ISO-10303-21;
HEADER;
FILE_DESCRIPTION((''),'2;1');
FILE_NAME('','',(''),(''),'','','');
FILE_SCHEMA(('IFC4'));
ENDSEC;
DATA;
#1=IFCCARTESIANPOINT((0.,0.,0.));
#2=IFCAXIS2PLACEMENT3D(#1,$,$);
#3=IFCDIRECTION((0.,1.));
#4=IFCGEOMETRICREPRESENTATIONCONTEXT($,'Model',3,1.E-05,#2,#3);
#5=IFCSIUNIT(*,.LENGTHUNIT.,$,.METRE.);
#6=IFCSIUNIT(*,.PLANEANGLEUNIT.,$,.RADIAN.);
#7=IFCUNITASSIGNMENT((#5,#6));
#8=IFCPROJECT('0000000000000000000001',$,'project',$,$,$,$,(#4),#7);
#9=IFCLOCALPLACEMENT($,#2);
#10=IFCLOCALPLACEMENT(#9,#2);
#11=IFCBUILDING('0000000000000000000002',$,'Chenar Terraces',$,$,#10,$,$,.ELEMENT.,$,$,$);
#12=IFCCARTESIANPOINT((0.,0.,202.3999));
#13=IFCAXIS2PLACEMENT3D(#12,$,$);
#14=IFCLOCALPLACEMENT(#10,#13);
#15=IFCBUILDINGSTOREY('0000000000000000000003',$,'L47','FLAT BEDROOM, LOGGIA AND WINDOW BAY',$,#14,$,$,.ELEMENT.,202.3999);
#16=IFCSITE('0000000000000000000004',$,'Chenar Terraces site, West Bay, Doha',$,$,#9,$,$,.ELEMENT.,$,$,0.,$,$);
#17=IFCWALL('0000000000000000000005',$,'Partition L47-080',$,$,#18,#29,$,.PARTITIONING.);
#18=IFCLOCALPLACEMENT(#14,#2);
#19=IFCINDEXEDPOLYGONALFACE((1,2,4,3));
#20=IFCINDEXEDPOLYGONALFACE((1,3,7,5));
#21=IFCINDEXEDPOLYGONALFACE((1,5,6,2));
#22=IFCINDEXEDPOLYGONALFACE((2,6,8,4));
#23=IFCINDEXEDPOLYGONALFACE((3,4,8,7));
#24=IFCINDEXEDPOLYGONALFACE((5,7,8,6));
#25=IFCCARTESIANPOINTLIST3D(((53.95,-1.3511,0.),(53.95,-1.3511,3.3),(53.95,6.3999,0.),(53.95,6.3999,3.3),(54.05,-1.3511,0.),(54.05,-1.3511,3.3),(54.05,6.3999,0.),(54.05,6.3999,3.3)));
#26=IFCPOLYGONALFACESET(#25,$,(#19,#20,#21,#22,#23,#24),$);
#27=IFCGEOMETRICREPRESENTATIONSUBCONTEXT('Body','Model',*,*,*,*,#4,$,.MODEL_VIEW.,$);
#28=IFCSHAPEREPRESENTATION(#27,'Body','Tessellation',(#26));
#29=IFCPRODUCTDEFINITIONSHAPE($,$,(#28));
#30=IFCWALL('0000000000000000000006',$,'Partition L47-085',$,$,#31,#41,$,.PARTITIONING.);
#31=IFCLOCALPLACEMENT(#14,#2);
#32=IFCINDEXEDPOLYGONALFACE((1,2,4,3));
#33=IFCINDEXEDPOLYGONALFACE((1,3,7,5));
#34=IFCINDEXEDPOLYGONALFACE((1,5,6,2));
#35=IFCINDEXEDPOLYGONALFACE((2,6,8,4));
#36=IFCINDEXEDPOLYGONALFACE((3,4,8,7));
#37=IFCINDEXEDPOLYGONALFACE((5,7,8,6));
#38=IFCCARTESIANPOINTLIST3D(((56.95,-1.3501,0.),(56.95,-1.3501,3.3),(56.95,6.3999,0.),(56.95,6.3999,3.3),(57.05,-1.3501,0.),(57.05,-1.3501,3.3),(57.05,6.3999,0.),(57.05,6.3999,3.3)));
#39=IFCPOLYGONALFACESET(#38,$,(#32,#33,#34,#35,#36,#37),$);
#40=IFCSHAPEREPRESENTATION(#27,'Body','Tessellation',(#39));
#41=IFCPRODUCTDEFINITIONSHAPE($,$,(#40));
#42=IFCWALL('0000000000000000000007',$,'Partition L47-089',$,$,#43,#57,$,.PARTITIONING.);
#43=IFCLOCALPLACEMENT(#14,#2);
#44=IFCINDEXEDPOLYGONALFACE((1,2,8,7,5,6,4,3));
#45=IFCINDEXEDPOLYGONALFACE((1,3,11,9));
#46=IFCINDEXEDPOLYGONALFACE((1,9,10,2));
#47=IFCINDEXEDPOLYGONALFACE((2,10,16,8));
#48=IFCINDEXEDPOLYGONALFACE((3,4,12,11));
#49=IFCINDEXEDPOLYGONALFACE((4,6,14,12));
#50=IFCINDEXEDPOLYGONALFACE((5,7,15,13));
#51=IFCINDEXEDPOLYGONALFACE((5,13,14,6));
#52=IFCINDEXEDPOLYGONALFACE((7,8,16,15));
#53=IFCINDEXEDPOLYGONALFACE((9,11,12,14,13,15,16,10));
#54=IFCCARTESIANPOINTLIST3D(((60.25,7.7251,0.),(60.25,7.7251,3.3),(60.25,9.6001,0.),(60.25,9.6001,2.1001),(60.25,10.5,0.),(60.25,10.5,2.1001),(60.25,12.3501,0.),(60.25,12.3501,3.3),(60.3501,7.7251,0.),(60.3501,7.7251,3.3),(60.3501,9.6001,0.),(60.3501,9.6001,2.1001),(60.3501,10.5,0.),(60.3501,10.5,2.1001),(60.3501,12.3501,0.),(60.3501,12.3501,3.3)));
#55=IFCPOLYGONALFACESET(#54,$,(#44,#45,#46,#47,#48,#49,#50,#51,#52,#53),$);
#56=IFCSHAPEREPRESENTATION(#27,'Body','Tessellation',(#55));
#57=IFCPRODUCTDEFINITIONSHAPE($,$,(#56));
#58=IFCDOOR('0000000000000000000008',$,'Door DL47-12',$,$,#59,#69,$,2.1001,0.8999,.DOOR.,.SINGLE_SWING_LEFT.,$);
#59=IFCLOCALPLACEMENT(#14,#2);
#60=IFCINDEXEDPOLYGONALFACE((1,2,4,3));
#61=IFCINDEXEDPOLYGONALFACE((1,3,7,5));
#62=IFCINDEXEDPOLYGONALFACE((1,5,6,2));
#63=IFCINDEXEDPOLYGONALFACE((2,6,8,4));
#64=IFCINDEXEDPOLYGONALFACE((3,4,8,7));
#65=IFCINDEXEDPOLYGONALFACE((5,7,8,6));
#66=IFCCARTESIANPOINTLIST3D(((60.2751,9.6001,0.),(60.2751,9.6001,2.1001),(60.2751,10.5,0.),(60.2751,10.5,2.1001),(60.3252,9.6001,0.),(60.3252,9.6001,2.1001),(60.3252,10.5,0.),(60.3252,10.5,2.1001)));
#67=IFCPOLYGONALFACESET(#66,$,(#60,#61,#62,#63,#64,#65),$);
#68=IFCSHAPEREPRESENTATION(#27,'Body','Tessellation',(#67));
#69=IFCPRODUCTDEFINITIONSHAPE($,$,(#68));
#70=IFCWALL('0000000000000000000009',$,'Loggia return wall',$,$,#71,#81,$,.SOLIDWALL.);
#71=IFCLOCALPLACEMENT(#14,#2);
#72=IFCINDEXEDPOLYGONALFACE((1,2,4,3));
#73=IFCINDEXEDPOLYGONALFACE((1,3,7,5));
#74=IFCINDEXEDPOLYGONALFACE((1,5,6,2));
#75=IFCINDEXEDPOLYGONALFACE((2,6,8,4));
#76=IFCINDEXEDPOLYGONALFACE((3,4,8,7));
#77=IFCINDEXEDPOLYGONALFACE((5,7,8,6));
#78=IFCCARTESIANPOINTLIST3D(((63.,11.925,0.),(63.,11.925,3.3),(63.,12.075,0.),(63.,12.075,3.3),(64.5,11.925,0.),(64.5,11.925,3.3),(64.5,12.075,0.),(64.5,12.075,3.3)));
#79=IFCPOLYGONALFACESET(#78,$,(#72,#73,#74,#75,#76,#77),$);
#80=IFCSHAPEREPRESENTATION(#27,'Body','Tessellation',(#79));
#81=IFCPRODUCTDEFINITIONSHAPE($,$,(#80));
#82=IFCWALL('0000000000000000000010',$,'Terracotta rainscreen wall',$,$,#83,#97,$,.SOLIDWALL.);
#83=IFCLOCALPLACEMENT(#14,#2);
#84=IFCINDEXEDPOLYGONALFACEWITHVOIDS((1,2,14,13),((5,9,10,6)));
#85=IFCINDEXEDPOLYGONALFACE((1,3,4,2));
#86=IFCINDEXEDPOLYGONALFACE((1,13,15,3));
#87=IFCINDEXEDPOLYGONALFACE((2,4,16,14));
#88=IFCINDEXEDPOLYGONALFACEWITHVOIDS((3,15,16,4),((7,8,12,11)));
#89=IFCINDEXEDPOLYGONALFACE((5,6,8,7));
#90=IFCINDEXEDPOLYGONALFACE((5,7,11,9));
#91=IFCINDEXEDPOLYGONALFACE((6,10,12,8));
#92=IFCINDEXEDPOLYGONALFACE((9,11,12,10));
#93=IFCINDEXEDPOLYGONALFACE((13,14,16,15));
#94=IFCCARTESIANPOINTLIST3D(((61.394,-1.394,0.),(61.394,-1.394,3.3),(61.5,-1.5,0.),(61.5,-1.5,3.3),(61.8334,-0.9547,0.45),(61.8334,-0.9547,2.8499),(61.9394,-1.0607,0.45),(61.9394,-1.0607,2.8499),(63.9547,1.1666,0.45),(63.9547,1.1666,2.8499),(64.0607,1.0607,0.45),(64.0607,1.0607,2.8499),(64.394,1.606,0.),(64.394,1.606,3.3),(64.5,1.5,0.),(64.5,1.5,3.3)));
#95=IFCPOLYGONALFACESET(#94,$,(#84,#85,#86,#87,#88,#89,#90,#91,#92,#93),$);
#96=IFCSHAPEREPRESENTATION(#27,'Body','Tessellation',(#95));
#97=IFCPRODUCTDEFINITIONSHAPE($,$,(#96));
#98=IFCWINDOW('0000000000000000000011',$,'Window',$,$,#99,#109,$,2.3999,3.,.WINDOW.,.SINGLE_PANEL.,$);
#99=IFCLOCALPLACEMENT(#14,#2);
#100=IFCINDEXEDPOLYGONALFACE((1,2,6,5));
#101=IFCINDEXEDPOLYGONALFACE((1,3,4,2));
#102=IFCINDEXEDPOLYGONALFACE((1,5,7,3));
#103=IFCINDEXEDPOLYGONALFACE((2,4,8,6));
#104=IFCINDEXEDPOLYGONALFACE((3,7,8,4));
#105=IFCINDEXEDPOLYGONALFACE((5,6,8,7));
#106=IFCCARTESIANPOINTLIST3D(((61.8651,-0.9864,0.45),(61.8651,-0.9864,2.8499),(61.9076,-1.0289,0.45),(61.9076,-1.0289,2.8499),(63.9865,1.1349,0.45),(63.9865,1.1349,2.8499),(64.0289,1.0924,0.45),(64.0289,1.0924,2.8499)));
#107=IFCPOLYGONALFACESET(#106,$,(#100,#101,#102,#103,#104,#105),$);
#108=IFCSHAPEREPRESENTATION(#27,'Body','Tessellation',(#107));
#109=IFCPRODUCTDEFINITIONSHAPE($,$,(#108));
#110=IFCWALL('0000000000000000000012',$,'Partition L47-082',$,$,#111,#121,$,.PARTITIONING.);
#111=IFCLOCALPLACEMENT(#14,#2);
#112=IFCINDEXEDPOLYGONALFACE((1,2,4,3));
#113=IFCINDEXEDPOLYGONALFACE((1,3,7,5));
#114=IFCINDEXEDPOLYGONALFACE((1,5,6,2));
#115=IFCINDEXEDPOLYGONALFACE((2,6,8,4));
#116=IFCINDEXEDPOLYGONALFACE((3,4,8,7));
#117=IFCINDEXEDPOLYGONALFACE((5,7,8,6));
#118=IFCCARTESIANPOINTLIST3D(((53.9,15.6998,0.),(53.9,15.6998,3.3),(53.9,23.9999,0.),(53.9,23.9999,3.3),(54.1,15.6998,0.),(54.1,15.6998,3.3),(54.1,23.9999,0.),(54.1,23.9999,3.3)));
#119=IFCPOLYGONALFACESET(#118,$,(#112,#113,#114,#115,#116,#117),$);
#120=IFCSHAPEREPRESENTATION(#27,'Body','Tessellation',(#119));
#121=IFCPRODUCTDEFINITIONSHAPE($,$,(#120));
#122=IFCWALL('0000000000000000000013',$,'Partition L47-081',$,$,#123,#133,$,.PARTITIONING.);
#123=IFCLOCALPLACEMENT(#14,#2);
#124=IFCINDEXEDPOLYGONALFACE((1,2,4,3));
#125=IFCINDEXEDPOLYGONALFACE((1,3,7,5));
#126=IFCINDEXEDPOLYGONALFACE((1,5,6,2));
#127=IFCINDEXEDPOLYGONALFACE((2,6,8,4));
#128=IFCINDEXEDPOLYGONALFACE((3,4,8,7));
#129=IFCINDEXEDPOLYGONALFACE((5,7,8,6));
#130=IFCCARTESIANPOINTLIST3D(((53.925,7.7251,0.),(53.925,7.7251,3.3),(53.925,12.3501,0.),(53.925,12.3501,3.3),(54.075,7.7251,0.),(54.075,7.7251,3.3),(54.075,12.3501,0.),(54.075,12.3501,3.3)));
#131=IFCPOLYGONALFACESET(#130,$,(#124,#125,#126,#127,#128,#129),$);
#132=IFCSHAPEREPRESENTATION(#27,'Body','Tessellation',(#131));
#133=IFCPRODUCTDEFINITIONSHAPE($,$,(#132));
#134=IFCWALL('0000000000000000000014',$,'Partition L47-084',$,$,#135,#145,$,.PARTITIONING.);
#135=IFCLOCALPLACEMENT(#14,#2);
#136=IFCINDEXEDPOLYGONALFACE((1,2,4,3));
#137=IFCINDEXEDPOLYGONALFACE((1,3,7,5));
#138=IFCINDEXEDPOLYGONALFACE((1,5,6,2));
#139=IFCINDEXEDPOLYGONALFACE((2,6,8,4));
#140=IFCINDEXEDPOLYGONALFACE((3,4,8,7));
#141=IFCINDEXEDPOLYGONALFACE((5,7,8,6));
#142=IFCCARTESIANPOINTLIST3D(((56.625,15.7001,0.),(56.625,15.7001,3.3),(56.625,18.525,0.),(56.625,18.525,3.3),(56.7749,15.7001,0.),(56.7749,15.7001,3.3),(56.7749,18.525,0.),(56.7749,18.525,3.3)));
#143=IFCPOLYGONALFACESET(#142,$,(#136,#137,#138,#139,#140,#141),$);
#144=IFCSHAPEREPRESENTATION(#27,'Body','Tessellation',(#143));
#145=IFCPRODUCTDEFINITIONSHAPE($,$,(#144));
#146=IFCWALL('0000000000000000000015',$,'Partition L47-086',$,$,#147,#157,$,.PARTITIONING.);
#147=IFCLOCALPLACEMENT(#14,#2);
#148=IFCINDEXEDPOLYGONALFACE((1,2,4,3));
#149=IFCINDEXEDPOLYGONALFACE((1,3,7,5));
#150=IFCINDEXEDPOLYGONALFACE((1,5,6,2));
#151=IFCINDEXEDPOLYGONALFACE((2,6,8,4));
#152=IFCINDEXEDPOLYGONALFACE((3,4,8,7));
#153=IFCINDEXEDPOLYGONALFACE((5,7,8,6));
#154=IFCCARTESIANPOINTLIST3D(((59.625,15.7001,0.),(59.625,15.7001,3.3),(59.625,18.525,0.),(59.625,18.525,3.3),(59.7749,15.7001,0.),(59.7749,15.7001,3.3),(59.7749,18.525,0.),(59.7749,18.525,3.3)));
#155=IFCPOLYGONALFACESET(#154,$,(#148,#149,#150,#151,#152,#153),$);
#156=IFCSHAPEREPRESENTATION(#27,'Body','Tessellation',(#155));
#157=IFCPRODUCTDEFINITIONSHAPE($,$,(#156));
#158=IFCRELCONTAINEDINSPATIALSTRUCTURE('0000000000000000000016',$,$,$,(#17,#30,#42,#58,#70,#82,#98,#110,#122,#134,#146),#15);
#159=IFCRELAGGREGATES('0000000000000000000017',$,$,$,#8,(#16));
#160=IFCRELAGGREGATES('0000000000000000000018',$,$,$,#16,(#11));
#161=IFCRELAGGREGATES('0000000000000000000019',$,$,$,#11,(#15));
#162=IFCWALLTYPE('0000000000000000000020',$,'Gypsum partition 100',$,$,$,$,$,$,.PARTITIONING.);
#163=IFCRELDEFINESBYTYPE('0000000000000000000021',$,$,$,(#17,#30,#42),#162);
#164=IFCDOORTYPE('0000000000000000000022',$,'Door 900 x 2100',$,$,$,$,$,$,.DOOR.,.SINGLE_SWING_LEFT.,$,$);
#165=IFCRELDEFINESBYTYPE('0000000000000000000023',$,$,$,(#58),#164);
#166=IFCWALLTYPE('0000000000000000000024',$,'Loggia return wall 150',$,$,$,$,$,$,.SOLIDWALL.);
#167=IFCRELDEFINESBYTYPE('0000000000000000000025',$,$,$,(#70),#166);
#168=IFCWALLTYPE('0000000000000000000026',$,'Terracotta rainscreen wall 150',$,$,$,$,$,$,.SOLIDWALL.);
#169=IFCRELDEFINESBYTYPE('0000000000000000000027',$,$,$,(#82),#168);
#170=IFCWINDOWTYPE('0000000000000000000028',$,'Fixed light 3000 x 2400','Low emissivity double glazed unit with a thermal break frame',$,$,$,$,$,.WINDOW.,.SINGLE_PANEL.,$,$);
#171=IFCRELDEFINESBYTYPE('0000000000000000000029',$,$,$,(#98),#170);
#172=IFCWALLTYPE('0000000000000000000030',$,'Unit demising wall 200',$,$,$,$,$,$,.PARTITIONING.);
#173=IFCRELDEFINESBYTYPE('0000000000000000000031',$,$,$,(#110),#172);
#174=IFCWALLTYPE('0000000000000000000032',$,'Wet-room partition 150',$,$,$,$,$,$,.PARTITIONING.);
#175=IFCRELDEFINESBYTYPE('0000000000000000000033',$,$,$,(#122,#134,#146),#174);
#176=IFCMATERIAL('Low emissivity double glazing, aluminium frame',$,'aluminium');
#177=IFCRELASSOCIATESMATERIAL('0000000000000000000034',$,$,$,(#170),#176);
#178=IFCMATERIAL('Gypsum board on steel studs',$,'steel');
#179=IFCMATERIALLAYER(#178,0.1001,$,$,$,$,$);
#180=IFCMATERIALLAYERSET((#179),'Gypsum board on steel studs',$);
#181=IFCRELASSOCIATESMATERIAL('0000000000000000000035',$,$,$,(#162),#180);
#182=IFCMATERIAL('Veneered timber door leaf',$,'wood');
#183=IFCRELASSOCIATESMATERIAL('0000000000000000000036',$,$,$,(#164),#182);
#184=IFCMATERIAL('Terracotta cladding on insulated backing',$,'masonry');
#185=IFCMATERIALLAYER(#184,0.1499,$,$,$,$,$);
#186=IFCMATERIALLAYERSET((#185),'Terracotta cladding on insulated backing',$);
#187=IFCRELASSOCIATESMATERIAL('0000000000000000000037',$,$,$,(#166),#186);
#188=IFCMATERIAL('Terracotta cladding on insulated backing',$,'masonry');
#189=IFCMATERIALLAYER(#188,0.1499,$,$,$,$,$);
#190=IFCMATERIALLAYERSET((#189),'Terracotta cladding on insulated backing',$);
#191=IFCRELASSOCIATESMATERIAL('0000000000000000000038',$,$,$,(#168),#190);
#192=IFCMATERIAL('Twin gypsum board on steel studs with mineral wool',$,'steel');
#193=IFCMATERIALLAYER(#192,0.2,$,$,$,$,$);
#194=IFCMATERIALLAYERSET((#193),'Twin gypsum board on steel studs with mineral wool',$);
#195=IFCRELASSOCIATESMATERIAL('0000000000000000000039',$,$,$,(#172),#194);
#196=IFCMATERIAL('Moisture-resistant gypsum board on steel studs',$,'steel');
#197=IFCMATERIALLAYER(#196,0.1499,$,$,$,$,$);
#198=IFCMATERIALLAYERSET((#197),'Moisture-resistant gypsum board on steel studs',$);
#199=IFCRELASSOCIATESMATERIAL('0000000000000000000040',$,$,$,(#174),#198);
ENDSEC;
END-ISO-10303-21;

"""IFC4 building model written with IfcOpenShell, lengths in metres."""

from ifc_helpers import new_model, si_unit, direction, frame, frame_2d, origin, place, context, subcontext, project, spatial, rectangle, extrude, material, layer, layer_set, type_object, element, fill, save


model = new_model("IFC4")

# Units and contexts
model_context = context("Model", 3, precision=1e-05, world=origin(), true_north=direction((0.0, 1.0)))
body_context = subcontext(model_context, "Body", "Model", "MODEL_VIEW")
ifc_project = project(units=[si_unit("LENGTHUNIT", "METRE"), si_unit("PLANEANGLEUNIT", "RADIAN")], contexts=[model_context])

# Site, building, storey
site_placement = place(None, origin())
site = spatial("IfcSite", under=ifc_project, at=site_placement, Name="Chenar Terraces site, West Bay, Doha", CompositionType="ELEMENT", RefElevation=0.0)
building_placement = place(site_placement, origin())
building = spatial("IfcBuilding", under=site, at=building_placement, Name="Chenar Terraces", CompositionType="ELEMENT")
storey_placement = place(building_placement, frame((0.0, 0.0, 202.3999)))
storey = spatial("IfcBuildingStorey", under=building, at=storey_placement, Name="L47", Description="FLAT BEDROOM, LOGGIA AND WINDOW BAY", CompositionType="ELEMENT", Elevation=202.3999)

# Shared definitions
ifc_material_1 = material(Name="Low emissivity double glazing, aluminium frame", Category="aluminium")
window_type_1 = type_object("IfcWindowType", Name="Fixed light 3000 x 2400", Description="Low emissivity double glazed unit with a thermal break frame", PartitioningType="SINGLE_PANEL", PredefinedType="WINDOW", material=ifc_material_1)

# Walls
ifc_material_2 = material(Name="Gypsum board on steel studs", Category="steel")
ifc_layer_1 = layer(ifc_material_2, 0.1001)
ifc_layer_set_1 = layer_set([ifc_layer_1], Name="Gypsum board on steel studs")
wall_type_1 = type_object("IfcWallType", Name="Gypsum partition 100", PredefinedType="PARTITIONING", material=ifc_layer_set_1)
wall_1_placement = place(storey_placement, frame((54.0, -1.3511, 0.0), z_axis=(0.0, 0.0, 1.0), x_axis=(0.0, 1.0, 0.0)))
element("IfcWall", 1, at=wall_1_placement, inside=storey, type_object=wall_type_1, Name="Partition L47-080", PredefinedType="PARTITIONING", context=body_context, shape_type="SweptSolid", body=[
    extrude(rectangle(XDim=7.751, YDim=0.1001, at=frame_2d((3.8755, 0.0))), origin(), (0.0, 0.0, 1.0), 3.3),
])
wall_2_placement = place(storey_placement, frame((57.0, -1.3501, 0.0), z_axis=(0.0, 0.0, 1.0), x_axis=(0.0, 1.0, 0.0)))
element("IfcWall", 2, at=wall_2_placement, inside=storey, type_object=wall_type_1, Name="Partition L47-085", PredefinedType="PARTITIONING", context=body_context, shape_type="SweptSolid", body=[
    extrude(rectangle(XDim=7.75, YDim=0.1001, at=frame_2d((3.875, 0.0))), origin(), (0.0, 0.0, 1.0), 3.3),
])

# Wall, opening, door
wall_3_placement = place(storey_placement, frame((60.3, 7.7251, 0.0), z_axis=(0.0, 0.0, 1.0), x_axis=(0.0, 1.0, 0.0)))
wall_3 = element("IfcWall", 3, at=wall_3_placement, inside=storey, type_object=wall_type_1, Name="Partition L47-089", PredefinedType="PARTITIONING", context=body_context, shape_type="SweptSolid", body=[
    extrude(rectangle(XDim=4.625, YDim=0.1001, at=frame_2d((2.3125, 0.0))), origin(), (0.0, 0.0, 1.0), 3.3),
])
opening_1_placement = place(wall_3_placement, frame((1.875, 0.0, 0.0)))
opening_1 = element("IfcOpeningElement", 4, at=opening_1_placement, cuts=wall_3, PredefinedType="OPENING", context=body_context, shape_type="SweptSolid", body=[
    extrude(rectangle(XDim=0.8999, YDim=2.1001, at=frame_2d((0.45, 1.05))), frame((0.0, 0.0601, 0.0), z_axis=(0.0, -1.0, 0.0), x_axis=(1.0, 0.0, 0.0)), (0.0, 0.0, 1.0), 0.1201),
])
ifc_material_3 = material(Name="Veneered timber door leaf", Category="wood")
door_type_1 = type_object("IfcDoorType", Name="Door 900 x 2100", OperationType="SINGLE_SWING_LEFT", PredefinedType="DOOR", material=ifc_material_3)
door_1_placement = place(opening_1_placement, origin())
door_1 = element("IfcDoor", 5, at=door_1_placement, inside=storey, type_object=door_type_1, Name="Door DL47-12", OperationType="SINGLE_SWING_LEFT", OverallHeight=2.1001, OverallWidth=0.8999, PredefinedType="DOOR", context=body_context, shape_type="SweptSolid", body=[
    extrude(rectangle(XDim=0.8999, YDim=2.1001, at=frame_2d((0.45, 1.05))), frame((0.0, 0.0249, 0.0), z_axis=(0.0, -1.0, 0.0), x_axis=(1.0, 0.0, 0.0)), (0.0, 0.0, 1.0), 0.05),
])
fill(opening_1, door_1)

# Wall
ifc_material_4 = material(Name="Terracotta cladding on insulated backing", Category="masonry")
ifc_layer_2 = layer(ifc_material_4, 0.1499)
ifc_layer_set_2 = layer_set([ifc_layer_2], Name="Terracotta cladding on insulated backing")
wall_type_2 = type_object("IfcWallType", Name="Loggia return wall 150", PredefinedType="SOLIDWALL", material=ifc_layer_set_2)
wall_4_placement = place(storey_placement, frame((64.5, 12.0, 0.0), z_axis=(0.0, 0.0, 1.0), x_axis=(-1.0, 0.0, 0.0)))
element("IfcWall", 6, at=wall_4_placement, inside=storey, type_object=wall_type_2, Name="Loggia return wall", PredefinedType="SOLIDWALL", context=body_context, shape_type="SweptSolid", body=[
    extrude(rectangle(XDim=1.5, YDim=0.1499, at=frame_2d((0.75, 0.0))), origin(), (0.0, 0.0, 1.0), 3.3),
])

# Wall, opening, window
ifc_material_5 = material(Name="Terracotta cladding on insulated backing", Category="masonry")
ifc_layer_3 = layer(ifc_material_5, 0.1499)
ifc_layer_set_3 = layer_set([ifc_layer_3], Name="Terracotta cladding on insulated backing")
wall_type_3 = type_object("IfcWallType", Name="Terracotta rainscreen wall 150", PredefinedType="SOLIDWALL", material=ifc_layer_set_3)
wall_5_placement = place(storey_placement, frame((61.447, -1.447, 0.0), z_axis=(0.0, 0.0, 1.0), x_axis=(0.707107, 0.707107, 0.0)))
wall_5 = element("IfcWall", 7, at=wall_5_placement, inside=storey, type_object=wall_type_3, Name="Terracotta rainscreen wall", PredefinedType="SOLIDWALL", context=body_context, shape_type="SweptSolid", body=[
    extrude(rectangle(XDim=4.2427, YDim=0.1499, at=frame_2d((2.1213, 0.0))), origin(), (0.0, 0.0, 1.0), 3.3),
])
opening_2_placement = place(wall_5_placement, frame((0.6213, 0.0, 0.45)))
opening_2 = element("IfcOpeningElement", 8, at=opening_2_placement, cuts=wall_5, PredefinedType="OPENING", context=body_context, shape_type="SweptSolid", body=[
    extrude(rectangle(XDim=3.0, YDim=2.3999, at=frame_2d((1.5, 1.2))), frame((0.0, 0.085, 0.0), z_axis=(0.0, -1.0, 0.0), x_axis=(1.0, 0.0, 0.0)), (0.0, 0.0, 1.0), 0.1699),
])
window_1_placement = place(opening_2_placement, origin())
window_1 = element("IfcWindow", 9, at=window_1_placement, inside=storey, type_object=window_type_1, Name="Window", OverallHeight=2.3999, OverallWidth=3.0, PartitioningType="SINGLE_PANEL", PredefinedType="WINDOW", context=body_context, shape_type="SweptSolid", body=[
    extrude(rectangle(XDim=3.0, YDim=2.3999, at=frame_2d((1.5, 1.2))), frame((0.0, 0.03, 0.0), z_axis=(0.0, -1.0, 0.0), x_axis=(1.0, 0.0, 0.0)), (0.0, 0.0, 1.0), 0.0601),
])
fill(opening_2, window_1)

# Walls
ifc_material_6 = material(Name="Twin gypsum board on steel studs with mineral wool", Category="steel")
ifc_layer_4 = layer(ifc_material_6, 0.2)
ifc_layer_set_4 = layer_set([ifc_layer_4], Name="Twin gypsum board on steel studs with mineral wool")
wall_type_4 = type_object("IfcWallType", Name="Unit demising wall 200", PredefinedType="PARTITIONING", material=ifc_layer_set_4)
wall_6_placement = place(storey_placement, frame((54.0, 15.7, 0.0), z_axis=(0.0, 0.0, 1.0), x_axis=(0.0, 1.0, 0.0)))
element("IfcWall", 10, at=wall_6_placement, inside=storey, type_object=wall_type_4, Name="Partition L47-082", PredefinedType="PARTITIONING", context=body_context, shape_type="SweptSolid", body=[
    extrude(rectangle(XDim=8.3, YDim=0.2, at=frame_2d((4.1499, 0.0))), origin(), (0.0, 0.0, 1.0), 3.3),
])
ifc_material_7 = material(Name="Moisture-resistant gypsum board on steel studs", Category="steel")
ifc_layer_5 = layer(ifc_material_7, 0.1499)
ifc_layer_set_5 = layer_set([ifc_layer_5], Name="Moisture-resistant gypsum board on steel studs")
wall_type_5 = type_object("IfcWallType", Name="Wet-room partition 150", PredefinedType="PARTITIONING", material=ifc_layer_set_5)
wall_7_placement = place(storey_placement, frame((54.0, 7.7251, 0.0), z_axis=(0.0, 0.0, 1.0), x_axis=(0.0, 1.0, 0.0)))
element("IfcWall", 11, at=wall_7_placement, inside=storey, type_object=wall_type_5, Name="Partition L47-081", PredefinedType="PARTITIONING", context=body_context, shape_type="SweptSolid", body=[
    extrude(rectangle(XDim=4.625, YDim=0.1499, at=frame_2d((2.3125, 0.0))), origin(), (0.0, 0.0, 1.0), 3.3),
])
for number, where, z_axis, x_axis, name in (
    (12, (56.7, 15.7, 0.0), (0.0, 0.0, 1.0), (0.0, 1.0, 0.0), "Partition L47-084"),
    (13, (59.7, 15.7, 0.0), (0.0, 0.0, 1.0), (0.0, 1.0, 0.0), "Partition L47-086"),
):
    element("IfcWall", number, at=place(storey_placement, frame(where, z_axis=z_axis, x_axis=x_axis)), inside=storey, type_object=wall_type_5, Name=name, PredefinedType="PARTITIONING", context=body_context, shape_type="SweptSolid", body=[
        extrude(rectangle(XDim=2.825, YDim=0.1499, at=frame_2d((1.4126, 0.0))), origin(), (0.0, 0.0, 1.0), 3.3),
    ])

save(model, "model.ifc")
